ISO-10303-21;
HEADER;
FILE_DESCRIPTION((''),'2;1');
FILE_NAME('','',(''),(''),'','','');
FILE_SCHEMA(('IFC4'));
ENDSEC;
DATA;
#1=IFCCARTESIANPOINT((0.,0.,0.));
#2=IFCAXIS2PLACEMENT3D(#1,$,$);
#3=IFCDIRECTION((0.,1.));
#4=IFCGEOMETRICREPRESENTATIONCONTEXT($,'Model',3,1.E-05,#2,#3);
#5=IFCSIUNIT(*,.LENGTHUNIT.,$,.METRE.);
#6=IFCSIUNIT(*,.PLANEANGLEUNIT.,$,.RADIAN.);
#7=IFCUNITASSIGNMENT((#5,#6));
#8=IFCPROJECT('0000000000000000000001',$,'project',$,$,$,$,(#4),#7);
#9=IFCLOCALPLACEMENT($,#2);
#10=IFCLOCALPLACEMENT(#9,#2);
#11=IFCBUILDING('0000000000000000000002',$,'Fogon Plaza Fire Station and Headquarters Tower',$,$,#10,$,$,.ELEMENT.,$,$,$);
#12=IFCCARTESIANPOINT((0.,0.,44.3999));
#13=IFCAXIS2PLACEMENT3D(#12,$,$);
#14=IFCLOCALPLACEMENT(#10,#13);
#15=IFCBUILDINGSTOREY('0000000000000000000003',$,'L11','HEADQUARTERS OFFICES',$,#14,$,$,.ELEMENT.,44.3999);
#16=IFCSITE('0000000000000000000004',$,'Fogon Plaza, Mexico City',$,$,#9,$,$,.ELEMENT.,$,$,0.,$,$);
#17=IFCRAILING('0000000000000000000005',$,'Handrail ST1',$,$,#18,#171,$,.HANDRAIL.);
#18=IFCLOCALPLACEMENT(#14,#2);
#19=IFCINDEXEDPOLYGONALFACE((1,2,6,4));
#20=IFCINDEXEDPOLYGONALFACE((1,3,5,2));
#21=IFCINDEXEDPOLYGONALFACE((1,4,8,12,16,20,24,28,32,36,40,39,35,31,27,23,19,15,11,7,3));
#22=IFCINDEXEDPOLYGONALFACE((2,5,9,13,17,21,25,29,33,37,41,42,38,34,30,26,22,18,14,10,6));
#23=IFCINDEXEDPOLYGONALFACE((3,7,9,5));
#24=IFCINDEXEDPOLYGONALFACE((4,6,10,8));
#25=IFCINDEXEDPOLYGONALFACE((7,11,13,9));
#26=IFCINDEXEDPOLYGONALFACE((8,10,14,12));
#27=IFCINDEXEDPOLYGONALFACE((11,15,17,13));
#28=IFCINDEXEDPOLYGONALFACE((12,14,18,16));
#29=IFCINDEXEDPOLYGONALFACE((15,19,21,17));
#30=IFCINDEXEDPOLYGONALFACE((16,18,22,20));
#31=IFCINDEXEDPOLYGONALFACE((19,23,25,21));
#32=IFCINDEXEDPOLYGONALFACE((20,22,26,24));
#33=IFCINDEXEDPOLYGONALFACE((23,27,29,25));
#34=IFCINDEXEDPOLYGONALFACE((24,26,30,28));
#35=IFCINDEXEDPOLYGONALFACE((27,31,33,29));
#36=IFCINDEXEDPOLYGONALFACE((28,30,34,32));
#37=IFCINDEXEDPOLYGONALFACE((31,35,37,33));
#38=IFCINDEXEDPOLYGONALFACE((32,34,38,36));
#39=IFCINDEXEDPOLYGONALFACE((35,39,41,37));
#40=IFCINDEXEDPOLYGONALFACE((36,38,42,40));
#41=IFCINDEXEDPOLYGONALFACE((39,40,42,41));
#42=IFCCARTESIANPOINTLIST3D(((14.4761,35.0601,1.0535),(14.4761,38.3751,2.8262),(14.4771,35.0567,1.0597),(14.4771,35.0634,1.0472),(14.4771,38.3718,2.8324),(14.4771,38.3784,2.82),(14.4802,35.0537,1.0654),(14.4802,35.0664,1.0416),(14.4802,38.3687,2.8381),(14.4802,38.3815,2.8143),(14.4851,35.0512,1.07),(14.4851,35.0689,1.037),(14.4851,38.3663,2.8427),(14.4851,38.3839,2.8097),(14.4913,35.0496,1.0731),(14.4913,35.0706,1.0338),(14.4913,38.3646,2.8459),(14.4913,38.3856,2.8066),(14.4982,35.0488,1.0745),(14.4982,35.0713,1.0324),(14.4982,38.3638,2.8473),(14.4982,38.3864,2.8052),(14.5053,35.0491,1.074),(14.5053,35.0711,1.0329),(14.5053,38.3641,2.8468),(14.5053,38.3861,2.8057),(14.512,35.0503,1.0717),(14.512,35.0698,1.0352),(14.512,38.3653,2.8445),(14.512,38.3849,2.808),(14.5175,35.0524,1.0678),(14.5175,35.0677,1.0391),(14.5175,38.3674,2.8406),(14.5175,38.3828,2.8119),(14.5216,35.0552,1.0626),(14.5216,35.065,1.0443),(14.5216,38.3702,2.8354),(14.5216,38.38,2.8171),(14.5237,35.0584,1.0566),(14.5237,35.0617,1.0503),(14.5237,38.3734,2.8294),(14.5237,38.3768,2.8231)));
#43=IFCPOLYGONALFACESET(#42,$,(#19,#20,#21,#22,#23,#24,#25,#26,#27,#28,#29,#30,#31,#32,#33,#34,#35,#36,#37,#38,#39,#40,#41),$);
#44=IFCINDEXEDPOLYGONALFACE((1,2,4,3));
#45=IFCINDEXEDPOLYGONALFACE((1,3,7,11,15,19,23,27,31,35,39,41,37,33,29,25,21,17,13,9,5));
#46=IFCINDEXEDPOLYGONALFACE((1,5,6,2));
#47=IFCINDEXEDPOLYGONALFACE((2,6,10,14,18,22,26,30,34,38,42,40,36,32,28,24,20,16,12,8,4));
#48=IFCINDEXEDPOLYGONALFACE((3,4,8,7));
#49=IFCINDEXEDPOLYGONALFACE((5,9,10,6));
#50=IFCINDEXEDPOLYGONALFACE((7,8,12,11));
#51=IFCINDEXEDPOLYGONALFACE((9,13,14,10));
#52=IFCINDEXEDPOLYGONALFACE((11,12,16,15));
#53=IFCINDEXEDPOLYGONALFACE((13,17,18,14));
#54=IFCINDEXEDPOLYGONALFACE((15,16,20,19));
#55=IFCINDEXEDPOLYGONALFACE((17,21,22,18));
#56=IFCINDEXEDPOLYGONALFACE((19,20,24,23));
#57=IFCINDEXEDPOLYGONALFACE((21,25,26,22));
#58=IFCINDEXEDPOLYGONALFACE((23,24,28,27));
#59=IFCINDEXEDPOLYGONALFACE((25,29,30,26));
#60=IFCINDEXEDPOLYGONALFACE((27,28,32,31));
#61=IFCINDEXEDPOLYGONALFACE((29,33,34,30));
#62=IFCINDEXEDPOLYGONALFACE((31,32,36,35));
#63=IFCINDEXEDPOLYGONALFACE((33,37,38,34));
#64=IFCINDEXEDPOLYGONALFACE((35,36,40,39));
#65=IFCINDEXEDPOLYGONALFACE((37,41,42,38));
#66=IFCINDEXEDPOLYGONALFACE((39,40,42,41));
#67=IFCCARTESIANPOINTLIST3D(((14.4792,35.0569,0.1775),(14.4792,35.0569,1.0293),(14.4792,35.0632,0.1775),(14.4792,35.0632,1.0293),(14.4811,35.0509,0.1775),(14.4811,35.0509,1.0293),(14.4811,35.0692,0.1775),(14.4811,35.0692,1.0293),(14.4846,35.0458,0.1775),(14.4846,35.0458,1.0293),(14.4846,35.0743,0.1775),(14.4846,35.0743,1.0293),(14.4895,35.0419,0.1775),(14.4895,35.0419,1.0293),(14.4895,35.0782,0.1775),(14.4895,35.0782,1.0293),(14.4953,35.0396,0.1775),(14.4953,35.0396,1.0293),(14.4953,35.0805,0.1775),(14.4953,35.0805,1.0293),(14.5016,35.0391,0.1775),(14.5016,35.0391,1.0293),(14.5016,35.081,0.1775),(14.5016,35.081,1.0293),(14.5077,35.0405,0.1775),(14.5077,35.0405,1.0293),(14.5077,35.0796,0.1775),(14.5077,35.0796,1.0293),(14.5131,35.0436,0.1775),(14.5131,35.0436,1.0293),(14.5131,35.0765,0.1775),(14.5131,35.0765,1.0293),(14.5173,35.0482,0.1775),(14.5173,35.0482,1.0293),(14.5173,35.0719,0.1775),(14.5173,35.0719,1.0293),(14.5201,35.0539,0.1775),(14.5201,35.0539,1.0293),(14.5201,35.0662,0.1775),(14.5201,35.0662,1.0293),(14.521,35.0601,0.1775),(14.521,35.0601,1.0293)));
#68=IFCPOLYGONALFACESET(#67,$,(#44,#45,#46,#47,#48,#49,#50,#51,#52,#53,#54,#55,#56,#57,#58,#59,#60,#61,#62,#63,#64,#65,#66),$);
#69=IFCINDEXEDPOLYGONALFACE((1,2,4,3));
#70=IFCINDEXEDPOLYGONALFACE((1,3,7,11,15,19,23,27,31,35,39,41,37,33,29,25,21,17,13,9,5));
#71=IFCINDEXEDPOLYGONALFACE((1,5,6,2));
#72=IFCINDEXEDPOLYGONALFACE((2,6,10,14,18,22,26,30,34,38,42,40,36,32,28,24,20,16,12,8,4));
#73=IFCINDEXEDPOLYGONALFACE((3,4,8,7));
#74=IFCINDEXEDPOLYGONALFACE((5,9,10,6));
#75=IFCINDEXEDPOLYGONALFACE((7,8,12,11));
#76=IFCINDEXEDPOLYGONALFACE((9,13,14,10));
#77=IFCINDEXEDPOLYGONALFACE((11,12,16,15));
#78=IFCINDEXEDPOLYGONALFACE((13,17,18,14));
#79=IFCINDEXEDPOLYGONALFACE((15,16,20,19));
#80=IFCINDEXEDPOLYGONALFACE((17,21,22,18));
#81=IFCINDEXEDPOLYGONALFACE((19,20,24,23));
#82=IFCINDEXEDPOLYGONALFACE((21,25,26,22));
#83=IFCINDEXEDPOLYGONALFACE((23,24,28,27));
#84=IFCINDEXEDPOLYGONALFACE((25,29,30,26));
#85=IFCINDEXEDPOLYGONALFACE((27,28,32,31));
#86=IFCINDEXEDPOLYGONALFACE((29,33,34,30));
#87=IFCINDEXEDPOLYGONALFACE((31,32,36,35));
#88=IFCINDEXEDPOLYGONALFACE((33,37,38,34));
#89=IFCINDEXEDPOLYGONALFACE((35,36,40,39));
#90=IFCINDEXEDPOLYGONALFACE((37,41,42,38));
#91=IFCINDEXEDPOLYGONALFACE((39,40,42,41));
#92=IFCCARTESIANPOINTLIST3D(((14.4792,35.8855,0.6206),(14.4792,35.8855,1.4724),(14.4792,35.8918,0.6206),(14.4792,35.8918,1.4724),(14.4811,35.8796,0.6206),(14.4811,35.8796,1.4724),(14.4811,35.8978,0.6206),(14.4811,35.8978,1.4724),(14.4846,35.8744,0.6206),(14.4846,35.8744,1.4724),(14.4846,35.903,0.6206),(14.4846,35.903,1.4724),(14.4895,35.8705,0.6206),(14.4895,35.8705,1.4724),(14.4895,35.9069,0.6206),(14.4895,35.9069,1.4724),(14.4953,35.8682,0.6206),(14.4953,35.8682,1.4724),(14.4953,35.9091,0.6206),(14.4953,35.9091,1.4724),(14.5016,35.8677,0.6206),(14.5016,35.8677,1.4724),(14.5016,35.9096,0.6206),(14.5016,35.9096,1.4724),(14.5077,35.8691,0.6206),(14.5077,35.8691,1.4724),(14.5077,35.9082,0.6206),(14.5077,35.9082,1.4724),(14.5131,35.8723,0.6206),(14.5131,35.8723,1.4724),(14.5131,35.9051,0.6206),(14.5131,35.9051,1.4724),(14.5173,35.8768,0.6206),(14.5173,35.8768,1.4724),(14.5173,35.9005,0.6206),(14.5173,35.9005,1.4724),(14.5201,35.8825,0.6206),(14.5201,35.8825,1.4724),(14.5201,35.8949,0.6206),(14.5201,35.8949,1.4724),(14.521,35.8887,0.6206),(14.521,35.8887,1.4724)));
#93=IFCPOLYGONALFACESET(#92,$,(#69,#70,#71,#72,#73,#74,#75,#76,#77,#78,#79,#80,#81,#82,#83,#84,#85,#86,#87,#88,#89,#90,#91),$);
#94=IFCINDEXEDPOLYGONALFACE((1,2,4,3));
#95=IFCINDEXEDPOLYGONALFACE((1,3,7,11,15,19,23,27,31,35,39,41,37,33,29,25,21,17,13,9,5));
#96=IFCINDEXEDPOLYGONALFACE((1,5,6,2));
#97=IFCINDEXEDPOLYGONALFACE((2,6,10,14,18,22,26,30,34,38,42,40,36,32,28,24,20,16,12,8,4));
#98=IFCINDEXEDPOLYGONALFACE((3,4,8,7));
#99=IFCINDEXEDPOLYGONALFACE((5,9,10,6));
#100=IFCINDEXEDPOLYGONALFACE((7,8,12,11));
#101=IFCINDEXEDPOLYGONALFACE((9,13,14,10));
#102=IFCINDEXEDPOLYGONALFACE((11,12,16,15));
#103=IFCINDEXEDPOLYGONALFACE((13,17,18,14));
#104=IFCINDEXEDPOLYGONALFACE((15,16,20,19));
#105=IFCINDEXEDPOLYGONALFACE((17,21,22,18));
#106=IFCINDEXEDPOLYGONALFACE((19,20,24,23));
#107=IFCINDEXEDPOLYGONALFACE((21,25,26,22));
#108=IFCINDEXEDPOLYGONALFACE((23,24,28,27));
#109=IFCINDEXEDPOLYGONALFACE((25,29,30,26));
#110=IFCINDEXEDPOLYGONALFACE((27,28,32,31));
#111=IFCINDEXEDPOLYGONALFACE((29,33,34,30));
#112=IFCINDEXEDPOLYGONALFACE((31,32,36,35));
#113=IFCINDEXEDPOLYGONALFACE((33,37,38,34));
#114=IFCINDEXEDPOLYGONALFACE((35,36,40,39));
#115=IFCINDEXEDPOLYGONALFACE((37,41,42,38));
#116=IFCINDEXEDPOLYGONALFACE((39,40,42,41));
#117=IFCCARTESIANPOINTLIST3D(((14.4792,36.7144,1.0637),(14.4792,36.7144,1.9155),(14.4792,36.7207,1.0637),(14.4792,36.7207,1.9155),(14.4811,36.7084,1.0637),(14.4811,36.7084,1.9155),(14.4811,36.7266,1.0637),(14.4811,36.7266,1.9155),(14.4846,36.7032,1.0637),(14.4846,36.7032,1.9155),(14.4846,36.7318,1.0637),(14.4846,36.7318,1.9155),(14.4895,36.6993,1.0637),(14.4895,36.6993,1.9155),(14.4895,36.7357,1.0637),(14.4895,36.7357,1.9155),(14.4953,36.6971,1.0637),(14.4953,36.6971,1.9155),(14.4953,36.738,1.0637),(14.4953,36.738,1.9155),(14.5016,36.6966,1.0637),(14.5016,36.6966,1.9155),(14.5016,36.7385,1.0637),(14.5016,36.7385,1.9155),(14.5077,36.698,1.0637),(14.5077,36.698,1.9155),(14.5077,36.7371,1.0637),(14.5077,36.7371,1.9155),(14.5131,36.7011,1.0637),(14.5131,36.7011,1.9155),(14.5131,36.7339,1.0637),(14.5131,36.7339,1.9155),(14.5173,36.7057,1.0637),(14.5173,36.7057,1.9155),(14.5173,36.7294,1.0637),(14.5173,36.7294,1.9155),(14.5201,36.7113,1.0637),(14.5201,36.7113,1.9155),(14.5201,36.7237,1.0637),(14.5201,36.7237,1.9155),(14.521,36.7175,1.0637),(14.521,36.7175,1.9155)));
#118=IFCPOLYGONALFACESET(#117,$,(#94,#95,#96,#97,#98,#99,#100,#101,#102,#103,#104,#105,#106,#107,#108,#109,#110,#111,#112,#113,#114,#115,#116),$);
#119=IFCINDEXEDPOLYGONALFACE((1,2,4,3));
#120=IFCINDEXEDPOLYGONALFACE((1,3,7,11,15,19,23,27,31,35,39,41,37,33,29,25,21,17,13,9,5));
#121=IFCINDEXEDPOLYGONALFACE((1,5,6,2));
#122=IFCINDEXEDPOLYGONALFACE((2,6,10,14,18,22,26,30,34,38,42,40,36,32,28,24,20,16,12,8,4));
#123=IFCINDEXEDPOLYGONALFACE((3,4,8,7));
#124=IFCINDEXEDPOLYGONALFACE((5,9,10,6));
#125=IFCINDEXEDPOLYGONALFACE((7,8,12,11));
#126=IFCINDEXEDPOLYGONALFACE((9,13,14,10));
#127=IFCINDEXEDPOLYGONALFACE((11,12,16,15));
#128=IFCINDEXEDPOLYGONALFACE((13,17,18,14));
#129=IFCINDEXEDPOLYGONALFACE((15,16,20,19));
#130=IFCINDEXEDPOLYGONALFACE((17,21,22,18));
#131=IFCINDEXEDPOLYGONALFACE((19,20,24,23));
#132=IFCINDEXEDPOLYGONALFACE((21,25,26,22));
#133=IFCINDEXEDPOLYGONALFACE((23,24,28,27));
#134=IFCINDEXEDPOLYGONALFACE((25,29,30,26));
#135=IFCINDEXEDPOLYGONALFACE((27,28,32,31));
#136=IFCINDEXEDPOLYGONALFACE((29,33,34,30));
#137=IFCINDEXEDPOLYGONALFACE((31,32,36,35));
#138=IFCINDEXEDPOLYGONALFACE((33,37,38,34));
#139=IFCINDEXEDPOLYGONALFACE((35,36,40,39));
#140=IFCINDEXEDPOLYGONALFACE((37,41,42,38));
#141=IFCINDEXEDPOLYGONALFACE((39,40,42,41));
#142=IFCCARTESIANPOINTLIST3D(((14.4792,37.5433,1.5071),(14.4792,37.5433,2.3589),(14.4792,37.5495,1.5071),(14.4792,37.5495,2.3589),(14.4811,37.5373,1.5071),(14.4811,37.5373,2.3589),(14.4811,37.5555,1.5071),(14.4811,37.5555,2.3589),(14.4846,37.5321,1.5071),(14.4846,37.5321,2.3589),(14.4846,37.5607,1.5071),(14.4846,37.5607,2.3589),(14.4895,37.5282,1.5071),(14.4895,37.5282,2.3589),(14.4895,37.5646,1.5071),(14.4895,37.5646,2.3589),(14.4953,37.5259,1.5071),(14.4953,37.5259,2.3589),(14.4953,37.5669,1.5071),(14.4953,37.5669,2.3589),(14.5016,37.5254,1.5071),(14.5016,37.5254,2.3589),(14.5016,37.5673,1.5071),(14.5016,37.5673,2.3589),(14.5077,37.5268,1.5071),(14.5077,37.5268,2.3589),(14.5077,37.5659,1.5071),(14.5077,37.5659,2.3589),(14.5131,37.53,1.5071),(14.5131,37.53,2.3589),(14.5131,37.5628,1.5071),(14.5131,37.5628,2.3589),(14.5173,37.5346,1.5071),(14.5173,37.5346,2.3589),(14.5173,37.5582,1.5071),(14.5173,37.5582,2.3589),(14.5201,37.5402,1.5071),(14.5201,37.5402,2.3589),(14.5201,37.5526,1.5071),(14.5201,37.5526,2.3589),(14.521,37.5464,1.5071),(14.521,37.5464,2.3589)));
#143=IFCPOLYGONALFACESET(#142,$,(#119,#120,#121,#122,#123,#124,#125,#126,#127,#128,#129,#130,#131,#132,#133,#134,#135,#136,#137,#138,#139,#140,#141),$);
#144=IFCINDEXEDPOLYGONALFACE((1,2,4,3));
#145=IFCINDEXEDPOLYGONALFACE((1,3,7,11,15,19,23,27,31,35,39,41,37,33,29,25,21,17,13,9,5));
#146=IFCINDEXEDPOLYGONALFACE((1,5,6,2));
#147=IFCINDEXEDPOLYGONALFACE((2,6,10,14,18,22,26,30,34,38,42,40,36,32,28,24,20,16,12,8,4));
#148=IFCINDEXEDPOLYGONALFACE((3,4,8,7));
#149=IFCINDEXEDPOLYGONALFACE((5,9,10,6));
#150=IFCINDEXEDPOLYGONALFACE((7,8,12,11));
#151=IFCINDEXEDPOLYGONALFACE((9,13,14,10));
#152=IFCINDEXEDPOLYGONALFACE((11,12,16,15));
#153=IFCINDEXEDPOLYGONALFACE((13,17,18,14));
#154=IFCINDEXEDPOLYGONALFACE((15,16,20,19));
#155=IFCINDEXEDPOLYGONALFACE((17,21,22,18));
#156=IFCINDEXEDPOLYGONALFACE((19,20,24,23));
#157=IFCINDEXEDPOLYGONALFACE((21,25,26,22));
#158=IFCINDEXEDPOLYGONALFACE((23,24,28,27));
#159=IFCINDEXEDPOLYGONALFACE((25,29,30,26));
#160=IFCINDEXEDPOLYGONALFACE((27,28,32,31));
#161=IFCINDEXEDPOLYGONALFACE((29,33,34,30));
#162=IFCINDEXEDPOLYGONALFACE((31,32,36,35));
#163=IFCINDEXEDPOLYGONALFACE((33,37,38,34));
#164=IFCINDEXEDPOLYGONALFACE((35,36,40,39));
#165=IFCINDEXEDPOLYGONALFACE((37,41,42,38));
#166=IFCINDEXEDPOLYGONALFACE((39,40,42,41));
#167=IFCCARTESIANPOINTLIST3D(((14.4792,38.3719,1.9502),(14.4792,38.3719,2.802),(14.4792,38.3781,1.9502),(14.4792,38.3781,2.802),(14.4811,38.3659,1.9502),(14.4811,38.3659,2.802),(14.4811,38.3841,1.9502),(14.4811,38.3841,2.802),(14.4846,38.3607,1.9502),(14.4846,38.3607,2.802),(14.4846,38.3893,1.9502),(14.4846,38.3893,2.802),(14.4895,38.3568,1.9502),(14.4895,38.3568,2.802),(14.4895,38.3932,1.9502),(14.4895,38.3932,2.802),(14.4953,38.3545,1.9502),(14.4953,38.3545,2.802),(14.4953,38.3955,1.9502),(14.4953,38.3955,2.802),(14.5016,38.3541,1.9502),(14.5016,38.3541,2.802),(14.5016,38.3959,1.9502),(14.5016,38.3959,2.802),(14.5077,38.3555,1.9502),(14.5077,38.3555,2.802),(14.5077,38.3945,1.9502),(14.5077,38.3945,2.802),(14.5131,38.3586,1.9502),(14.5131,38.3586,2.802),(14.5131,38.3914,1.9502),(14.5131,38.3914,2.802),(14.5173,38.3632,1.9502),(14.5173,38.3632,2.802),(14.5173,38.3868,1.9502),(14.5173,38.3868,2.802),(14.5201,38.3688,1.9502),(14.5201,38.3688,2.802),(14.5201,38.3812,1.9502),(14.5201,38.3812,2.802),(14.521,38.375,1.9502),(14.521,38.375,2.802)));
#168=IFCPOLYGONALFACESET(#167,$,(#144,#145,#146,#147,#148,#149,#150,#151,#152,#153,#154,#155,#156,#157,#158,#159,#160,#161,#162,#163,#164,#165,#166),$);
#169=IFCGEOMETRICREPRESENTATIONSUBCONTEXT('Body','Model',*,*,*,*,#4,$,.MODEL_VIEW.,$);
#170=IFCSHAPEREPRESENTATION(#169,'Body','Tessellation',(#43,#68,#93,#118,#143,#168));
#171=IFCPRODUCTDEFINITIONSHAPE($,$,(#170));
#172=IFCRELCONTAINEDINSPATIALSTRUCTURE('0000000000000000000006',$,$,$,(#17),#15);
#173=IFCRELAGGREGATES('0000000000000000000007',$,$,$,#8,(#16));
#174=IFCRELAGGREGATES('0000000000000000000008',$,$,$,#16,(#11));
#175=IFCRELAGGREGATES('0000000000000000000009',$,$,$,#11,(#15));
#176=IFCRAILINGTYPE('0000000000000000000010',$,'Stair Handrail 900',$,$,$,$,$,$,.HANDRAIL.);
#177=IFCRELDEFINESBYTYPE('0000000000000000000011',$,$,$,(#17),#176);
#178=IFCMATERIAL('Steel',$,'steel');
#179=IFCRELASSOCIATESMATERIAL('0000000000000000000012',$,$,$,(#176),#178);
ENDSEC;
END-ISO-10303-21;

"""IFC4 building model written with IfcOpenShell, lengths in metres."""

from ifc_helpers import new_model, si_unit, direction, frame, origin, origin_2d, place, context, subcontext, project, spatial, circle, extrude, material, type_object, element, save


model = new_model("IFC4")

# Units and contexts
model_context = context("Model", 3, precision=1e-05, world=origin(), true_north=direction((0.0, 1.0)))
body_context = subcontext(model_context, "Body", "Model", "MODEL_VIEW")
ifc_project = project(units=[si_unit("LENGTHUNIT", "METRE"), si_unit("PLANEANGLEUNIT", "RADIAN")], contexts=[model_context])

# Site, building, storey
site_placement = place(None, origin())
site = spatial("IfcSite", under=ifc_project, at=site_placement, Name="Fogon Plaza, Mexico City", CompositionType="ELEMENT", RefElevation=0.0)
building_placement = place(site_placement, origin())
building = spatial("IfcBuilding", under=site, at=building_placement, Name="Fogon Plaza Fire Station and Headquarters Tower", CompositionType="ELEMENT")
storey_placement = place(building_placement, frame((0.0, 0.0, 44.3999)))
storey = spatial("IfcBuildingStorey", under=building, at=storey_placement, Name="L11", Description="HEADQUARTERS OFFICES", CompositionType="ELEMENT", Elevation=44.3999)

# Railing
ifc_material_1 = material(Name="Steel", Category="steel")
railing_type = type_object("IfcRailingType", Name="Stair Handrail 900", PredefinedType="HANDRAIL", material=ifc_material_1)
for number, where, name in (
    (1, (14.5, 35.0601, 0.1775), "Handrail ST1"),
):
    element("IfcRailing", number, at=place(storey_placement, frame(where)), inside=storey, type_object=railing_type, Name=name, PredefinedType="HANDRAIL", context=body_context, shape_type="SweptSolid", body=[
        extrude(circle(Radius=0.0239, at=origin_2d()), frame((0.0, 0.0, 0.876), z_axis=(0.0, 0.881829, 0.471569), x_axis=(-1.0, 0.0, 0.0)), (0.0, 0.0, 1.0), 3.7593),
        extrude(circle(Radius=0.021, at=origin_2d()), origin(), (0.0, 0.0, 1.0), 0.8518),
        extrude(circle(Radius=0.021, at=origin_2d()), frame((0.0, 0.8286, 0.4431)), (0.0, 0.0, 1.0), 0.8518),
        extrude(circle(Radius=0.021, at=origin_2d()), frame((0.0, 1.6575, 0.8862)), (0.0, 0.0, 1.0), 0.8518),
        extrude(circle(Radius=0.021, at=origin_2d()), frame((0.0, 2.4863, 1.3296)), (0.0, 0.0, 1.0), 0.8518),
        extrude(circle(Radius=0.021, at=origin_2d()), frame((0.0, 3.3149, 1.7727)), (0.0, 0.0, 1.0), 0.8518),
    ])

save(model, "model.ifc")
